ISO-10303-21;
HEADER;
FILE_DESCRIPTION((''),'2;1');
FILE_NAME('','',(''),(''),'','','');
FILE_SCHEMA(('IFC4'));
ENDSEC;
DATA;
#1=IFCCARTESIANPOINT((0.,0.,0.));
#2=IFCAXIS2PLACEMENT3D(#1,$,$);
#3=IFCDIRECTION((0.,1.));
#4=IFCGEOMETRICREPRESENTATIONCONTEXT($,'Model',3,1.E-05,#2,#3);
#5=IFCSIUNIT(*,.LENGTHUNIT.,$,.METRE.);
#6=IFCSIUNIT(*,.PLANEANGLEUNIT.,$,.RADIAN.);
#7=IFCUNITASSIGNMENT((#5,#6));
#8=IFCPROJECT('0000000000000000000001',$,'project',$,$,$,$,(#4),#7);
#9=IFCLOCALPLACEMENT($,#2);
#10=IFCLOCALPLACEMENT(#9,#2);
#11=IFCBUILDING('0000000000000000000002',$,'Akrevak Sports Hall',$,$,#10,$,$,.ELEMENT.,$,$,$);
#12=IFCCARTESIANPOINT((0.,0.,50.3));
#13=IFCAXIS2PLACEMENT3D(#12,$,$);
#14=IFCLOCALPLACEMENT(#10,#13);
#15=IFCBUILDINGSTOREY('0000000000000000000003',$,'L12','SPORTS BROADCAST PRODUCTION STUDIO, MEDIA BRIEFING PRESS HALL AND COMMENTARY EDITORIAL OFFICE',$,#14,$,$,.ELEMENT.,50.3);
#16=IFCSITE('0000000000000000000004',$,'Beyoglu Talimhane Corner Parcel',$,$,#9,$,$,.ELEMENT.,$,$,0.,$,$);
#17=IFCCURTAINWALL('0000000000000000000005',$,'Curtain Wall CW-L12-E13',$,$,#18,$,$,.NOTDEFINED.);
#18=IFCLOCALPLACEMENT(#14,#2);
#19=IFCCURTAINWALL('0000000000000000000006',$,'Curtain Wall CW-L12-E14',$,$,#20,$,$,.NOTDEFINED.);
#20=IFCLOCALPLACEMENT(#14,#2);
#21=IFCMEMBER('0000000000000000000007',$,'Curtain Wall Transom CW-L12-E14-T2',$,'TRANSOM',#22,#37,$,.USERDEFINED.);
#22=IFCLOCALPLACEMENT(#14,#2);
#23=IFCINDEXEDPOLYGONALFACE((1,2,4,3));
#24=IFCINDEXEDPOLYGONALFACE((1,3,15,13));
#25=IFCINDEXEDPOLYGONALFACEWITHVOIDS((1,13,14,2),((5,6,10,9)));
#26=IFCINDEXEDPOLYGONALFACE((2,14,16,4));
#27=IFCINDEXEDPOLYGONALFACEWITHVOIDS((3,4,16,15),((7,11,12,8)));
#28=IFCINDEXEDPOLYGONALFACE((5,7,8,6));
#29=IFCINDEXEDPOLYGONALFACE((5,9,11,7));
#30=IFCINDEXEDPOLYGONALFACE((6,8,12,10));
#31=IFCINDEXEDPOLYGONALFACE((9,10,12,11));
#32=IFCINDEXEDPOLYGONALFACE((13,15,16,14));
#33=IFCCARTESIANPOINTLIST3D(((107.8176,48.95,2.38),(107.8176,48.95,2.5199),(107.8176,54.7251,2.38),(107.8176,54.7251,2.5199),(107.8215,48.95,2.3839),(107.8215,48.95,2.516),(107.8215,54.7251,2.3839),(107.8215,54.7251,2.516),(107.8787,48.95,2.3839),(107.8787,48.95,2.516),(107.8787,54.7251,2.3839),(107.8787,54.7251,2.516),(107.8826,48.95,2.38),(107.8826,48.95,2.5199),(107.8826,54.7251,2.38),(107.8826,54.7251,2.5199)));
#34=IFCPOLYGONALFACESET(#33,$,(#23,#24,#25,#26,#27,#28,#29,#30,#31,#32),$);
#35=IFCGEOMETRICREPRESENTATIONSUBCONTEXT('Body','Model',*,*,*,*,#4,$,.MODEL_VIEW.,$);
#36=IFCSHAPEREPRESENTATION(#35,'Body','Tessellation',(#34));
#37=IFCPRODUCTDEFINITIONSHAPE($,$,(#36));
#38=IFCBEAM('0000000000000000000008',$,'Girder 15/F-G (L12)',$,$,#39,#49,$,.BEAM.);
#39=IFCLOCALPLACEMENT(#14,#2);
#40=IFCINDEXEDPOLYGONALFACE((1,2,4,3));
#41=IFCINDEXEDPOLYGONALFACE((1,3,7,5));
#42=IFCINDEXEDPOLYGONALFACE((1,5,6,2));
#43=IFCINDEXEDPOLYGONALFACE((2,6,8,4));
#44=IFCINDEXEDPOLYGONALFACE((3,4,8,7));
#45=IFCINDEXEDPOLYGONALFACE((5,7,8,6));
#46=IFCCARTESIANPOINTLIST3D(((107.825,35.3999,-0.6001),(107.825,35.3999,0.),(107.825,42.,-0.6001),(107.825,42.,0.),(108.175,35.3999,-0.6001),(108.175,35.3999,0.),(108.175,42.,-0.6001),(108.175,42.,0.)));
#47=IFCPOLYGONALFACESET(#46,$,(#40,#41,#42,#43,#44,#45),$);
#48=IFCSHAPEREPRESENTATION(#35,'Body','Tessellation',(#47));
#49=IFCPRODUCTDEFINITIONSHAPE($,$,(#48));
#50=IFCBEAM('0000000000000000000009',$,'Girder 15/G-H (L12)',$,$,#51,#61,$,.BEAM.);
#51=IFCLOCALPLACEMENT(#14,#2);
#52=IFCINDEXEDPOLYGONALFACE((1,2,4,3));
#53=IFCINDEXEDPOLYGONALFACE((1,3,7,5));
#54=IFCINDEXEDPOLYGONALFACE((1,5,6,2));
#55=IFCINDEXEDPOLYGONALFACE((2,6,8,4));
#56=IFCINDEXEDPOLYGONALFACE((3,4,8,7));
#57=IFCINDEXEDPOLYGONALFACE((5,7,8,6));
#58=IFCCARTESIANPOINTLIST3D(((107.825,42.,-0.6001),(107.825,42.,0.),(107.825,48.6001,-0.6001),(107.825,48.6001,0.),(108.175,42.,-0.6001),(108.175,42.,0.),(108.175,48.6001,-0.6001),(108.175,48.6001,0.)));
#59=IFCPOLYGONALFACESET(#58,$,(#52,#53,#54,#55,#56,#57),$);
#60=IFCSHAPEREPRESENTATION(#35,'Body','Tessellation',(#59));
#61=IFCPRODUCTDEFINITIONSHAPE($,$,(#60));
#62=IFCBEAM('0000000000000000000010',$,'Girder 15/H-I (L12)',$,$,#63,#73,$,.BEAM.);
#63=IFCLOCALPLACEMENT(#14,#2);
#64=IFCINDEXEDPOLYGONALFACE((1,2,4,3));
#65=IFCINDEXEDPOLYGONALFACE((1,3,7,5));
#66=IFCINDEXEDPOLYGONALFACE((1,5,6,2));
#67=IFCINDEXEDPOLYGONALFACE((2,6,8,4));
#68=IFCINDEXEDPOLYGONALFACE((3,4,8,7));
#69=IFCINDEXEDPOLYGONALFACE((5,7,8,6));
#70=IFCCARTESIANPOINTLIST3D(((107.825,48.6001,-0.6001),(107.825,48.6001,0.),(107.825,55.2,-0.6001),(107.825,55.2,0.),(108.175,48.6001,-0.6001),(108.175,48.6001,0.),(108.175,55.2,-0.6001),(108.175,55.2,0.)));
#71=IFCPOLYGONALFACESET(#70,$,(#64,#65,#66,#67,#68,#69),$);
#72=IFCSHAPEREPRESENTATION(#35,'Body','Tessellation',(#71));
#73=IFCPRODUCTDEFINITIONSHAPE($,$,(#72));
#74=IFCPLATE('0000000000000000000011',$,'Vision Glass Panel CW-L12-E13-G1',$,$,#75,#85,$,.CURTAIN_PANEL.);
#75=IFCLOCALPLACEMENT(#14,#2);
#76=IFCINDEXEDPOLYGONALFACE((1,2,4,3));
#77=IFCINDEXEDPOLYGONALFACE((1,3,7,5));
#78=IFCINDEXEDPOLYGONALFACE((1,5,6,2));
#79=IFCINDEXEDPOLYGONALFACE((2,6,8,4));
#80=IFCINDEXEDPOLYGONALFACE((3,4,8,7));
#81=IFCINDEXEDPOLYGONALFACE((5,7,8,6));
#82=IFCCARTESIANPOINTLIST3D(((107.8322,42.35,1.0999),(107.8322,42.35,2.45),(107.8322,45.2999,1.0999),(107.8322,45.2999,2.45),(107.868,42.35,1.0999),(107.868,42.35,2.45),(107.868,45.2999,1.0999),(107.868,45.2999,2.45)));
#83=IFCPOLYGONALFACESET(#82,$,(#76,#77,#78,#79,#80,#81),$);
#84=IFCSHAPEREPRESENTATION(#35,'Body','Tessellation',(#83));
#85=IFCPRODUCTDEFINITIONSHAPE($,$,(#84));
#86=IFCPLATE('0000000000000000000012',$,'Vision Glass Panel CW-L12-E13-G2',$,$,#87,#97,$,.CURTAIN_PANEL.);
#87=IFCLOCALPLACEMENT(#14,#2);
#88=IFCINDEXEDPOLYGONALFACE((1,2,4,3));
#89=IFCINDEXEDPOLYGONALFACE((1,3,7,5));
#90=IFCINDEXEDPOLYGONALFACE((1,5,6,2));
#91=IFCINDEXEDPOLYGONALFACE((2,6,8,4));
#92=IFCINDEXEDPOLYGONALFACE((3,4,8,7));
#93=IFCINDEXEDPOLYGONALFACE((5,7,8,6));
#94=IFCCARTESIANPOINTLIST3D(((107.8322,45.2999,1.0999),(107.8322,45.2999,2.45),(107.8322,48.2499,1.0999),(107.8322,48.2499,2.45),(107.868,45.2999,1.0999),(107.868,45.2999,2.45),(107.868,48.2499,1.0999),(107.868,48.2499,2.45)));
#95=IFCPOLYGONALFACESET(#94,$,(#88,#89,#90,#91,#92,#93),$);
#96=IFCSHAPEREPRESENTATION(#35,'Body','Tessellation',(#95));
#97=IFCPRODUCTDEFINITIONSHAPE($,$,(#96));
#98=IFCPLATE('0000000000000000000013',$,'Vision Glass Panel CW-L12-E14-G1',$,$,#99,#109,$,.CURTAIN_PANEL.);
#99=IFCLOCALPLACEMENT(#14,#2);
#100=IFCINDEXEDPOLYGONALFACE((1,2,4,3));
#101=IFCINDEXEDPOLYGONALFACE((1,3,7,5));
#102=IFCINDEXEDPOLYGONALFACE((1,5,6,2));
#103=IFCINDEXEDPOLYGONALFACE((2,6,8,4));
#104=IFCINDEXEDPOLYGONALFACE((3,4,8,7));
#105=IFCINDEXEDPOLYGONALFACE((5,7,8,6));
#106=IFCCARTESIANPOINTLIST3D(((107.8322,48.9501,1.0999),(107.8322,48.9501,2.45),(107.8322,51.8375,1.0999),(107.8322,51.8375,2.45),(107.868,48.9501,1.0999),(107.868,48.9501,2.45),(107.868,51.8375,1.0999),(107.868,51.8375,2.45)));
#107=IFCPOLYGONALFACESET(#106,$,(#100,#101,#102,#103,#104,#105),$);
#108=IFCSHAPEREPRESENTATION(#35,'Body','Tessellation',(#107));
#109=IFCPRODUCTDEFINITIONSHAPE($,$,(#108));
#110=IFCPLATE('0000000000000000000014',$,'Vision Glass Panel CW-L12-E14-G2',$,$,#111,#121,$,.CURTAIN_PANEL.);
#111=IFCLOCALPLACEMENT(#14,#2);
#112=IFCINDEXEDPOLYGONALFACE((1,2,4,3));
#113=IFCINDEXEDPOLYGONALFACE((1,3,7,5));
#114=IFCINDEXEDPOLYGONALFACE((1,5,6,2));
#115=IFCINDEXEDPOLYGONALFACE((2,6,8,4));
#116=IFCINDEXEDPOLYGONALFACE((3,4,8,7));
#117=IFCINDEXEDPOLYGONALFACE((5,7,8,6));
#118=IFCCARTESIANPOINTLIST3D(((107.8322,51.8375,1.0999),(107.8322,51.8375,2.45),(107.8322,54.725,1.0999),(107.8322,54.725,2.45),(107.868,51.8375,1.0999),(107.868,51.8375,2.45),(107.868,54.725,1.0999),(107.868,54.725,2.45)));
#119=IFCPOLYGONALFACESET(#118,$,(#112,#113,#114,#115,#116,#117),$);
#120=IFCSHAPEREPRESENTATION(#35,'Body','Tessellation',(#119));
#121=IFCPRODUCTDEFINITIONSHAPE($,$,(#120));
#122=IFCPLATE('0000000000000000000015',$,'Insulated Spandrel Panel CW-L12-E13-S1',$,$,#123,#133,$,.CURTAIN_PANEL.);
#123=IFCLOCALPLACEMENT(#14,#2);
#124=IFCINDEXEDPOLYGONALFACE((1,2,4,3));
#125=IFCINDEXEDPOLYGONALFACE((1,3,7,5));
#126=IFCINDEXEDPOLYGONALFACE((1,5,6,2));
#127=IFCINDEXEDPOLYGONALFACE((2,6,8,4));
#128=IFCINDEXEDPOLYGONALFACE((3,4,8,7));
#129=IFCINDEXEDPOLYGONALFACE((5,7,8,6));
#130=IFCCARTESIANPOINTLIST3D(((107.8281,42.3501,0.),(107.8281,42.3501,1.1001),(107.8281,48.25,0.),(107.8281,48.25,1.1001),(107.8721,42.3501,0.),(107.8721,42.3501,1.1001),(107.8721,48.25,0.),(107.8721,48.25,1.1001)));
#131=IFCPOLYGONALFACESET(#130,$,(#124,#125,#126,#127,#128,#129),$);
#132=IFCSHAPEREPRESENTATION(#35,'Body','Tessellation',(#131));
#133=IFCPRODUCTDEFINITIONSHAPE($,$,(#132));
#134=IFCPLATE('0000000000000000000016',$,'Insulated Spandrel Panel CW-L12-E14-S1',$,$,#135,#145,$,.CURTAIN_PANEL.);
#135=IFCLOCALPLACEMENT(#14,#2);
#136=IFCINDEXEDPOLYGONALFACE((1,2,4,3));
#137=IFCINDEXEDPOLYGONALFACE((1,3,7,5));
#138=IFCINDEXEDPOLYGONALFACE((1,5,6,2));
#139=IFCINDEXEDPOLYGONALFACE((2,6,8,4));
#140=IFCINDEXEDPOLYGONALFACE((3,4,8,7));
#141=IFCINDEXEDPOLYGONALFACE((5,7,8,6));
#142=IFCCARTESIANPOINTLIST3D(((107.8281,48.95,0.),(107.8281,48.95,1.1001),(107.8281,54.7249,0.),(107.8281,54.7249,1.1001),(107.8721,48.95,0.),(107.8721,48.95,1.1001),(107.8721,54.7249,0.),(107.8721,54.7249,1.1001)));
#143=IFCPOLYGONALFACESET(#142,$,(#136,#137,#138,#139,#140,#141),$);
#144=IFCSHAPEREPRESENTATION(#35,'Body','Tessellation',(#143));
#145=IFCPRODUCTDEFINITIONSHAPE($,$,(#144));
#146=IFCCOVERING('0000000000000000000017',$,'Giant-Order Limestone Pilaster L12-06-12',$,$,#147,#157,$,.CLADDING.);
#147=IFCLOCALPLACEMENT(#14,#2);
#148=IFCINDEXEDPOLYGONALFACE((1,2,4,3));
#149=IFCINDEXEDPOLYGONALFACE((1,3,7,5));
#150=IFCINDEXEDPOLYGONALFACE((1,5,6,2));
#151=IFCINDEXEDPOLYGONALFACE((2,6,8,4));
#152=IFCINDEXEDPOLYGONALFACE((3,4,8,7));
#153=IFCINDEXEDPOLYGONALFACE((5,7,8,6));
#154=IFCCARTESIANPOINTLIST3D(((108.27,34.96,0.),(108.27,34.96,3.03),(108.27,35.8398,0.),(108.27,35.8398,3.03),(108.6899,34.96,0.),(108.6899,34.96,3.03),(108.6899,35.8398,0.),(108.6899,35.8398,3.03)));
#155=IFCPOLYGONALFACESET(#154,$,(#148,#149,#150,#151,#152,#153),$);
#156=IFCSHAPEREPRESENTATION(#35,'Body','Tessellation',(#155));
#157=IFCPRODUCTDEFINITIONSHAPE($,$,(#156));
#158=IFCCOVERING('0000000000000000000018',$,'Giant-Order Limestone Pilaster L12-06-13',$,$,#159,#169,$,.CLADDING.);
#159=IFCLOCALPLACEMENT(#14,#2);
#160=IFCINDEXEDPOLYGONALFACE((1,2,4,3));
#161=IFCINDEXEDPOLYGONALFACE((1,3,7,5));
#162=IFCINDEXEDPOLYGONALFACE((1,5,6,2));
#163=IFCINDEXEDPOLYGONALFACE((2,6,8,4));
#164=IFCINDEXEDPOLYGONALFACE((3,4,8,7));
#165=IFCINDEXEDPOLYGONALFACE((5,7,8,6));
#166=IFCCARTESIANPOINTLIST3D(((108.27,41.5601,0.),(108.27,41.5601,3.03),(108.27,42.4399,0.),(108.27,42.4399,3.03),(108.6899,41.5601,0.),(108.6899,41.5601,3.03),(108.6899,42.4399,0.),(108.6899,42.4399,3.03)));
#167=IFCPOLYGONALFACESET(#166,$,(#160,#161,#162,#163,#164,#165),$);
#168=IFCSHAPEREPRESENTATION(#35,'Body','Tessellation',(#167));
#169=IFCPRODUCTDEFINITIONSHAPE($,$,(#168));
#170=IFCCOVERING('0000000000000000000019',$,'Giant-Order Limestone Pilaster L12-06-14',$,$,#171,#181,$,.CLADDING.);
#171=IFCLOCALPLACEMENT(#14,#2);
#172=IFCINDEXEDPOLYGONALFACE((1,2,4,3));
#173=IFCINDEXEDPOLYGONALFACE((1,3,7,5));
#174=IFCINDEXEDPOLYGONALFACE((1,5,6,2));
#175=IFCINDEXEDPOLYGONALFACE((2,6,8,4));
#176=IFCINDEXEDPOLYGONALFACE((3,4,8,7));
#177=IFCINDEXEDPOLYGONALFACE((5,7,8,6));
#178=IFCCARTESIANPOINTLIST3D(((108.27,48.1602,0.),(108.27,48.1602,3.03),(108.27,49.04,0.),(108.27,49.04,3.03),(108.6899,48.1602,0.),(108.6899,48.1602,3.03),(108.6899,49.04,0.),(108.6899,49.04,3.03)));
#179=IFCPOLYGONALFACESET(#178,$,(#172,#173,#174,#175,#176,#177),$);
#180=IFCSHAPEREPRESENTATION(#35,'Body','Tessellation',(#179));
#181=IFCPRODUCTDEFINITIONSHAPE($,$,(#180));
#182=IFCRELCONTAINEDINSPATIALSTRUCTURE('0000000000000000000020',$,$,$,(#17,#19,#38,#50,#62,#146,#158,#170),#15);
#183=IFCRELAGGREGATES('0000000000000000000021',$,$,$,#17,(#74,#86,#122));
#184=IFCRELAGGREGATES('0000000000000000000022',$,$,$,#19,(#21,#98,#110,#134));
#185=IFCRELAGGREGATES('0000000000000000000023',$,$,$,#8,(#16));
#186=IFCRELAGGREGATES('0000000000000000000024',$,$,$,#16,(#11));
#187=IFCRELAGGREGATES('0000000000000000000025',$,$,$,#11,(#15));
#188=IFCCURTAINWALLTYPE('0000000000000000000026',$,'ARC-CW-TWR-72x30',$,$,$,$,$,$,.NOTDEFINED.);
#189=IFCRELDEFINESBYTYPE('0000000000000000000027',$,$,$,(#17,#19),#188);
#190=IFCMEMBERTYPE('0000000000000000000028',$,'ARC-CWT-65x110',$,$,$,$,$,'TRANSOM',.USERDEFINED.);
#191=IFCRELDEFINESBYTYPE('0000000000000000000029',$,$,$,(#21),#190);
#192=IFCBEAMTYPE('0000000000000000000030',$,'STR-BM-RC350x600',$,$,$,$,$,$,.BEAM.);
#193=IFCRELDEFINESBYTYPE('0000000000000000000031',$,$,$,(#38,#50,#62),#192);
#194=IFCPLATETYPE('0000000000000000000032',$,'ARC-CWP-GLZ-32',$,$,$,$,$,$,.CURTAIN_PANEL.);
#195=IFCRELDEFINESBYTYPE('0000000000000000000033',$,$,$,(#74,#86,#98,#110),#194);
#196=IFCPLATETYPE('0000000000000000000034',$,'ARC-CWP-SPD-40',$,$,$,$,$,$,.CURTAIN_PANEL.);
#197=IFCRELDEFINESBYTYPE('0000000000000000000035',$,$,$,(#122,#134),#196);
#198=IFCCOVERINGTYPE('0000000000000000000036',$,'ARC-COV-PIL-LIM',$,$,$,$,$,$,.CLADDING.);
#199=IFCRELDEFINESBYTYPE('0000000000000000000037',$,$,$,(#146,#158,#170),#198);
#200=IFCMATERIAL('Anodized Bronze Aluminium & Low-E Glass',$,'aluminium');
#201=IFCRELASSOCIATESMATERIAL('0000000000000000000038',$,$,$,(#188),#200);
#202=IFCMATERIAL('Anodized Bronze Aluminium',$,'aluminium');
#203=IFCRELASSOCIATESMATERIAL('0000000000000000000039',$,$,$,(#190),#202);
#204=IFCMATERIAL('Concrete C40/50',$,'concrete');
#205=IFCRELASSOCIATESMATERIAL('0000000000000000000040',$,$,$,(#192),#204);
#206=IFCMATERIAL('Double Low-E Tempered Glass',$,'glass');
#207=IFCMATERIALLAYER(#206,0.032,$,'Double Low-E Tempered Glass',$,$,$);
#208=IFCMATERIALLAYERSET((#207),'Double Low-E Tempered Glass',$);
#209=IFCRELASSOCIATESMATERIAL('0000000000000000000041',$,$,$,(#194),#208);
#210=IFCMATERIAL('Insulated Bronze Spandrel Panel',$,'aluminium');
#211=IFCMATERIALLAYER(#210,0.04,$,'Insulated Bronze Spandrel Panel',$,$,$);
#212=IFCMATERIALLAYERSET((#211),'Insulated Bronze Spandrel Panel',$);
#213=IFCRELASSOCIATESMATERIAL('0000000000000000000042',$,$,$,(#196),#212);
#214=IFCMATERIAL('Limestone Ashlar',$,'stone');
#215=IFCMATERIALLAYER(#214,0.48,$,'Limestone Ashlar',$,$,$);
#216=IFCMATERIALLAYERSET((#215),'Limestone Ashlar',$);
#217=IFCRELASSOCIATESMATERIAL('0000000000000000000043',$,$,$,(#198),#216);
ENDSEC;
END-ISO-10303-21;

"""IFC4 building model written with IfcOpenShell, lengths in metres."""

from ifc_helpers import new_model, si_unit, direction, frame, origin, origin_2d, place, context, subcontext, project, spatial, rectangle, hollow_rectangle, extrude, material, layer, layer_set, material_profile, profile_set, type_object, element, aggregate, save


model = new_model("IFC4")

# Units and contexts
model_context = context("Model", 3, precision=1e-05, world=origin(), true_north=direction((0.0, 1.0)))
body_context = subcontext(model_context, "Body", "Model", "MODEL_VIEW")
ifc_project = project(units=[si_unit("LENGTHUNIT", "METRE"), si_unit("PLANEANGLEUNIT", "RADIAN")], contexts=[model_context])

# Site, building, storey
site_placement = place(None, origin())
site = spatial("IfcSite", under=ifc_project, at=site_placement, Name="Beyoglu Talimhane Corner Parcel", CompositionType="ELEMENT", RefElevation=0.0)
building_placement = place(site_placement, origin())
building = spatial("IfcBuilding", under=site, at=building_placement, Name="Akrevak Sports Hall", CompositionType="ELEMENT")
storey_placement = place(building_placement, frame((0.0, 0.0, 50.3)))
storey = spatial("IfcBuildingStorey", under=building, at=storey_placement, Name="L12", Description="SPORTS BROADCAST PRODUCTION STUDIO, MEDIA BRIEFING PRESS HALL AND COMMENTARY EDITORIAL OFFICE", CompositionType="ELEMENT", Elevation=50.3)

# Shared definitions
ifc_material_1 = material(Name="Concrete C40/50", Category="concrete")

# Curtain walls
ifc_material_2 = material(Name="Anodized Bronze Aluminium & Low-E Glass", Category="aluminium")
curtain_wall_type = type_object("IfcCurtainWallType", Name="ARC-CW-TWR-72x30", PredefinedType="NOTDEFINED", material=ifc_material_2)
curtain_wall_1_placement = place(storey_placement, origin())
curtain_wall_1 = element("IfcCurtainWall", 1, at=curtain_wall_1_placement, inside=storey, type_object=curtain_wall_type, Name="Curtain Wall CW-L12-E13", PredefinedType="NOTDEFINED")
ifc_material_3 = material(Name="Anodized Bronze Aluminium", Category="aluminium")
curtain_wall_2_placement = place(storey_placement, origin())
curtain_wall_2 = element("IfcCurtainWall", 2, at=curtain_wall_2_placement, inside=storey, type_object=curtain_wall_type, Name="Curtain Wall CW-L12-E14", PredefinedType="NOTDEFINED")

# Member
ifc_material_profile_1 = material_profile(ifc_material_3, hollow_rectangle(XDim=0.0649, YDim=0.1399, WallThickness=0.0039, at=origin_2d()), Name="CWT 65x140", Category="aluminium")
ifc_profile_set_1 = profile_set([ifc_material_profile_1], Name="Anodized Bronze Aluminium")
member_type_1 = type_object("IfcMemberType", Name="ARC-CWT-65x110", ElementType="TRANSOM", PredefinedType="USERDEFINED", material=ifc_profile_set_1)
member_1_placement = place(storey_placement, frame((107.8501, 48.95, 2.45), z_axis=(0.0, 1.0, 0.0), x_axis=(-1.0, 0.0, 0.0)))
member_1 = element("IfcMember", 3, at=member_1_placement, type_object=member_type_1, Name="Curtain Wall Transom CW-L12-E14-T2", ObjectType="TRANSOM", PredefinedType="USERDEFINED", context=body_context, shape_type="SweptSolid", body=[
    extrude(hollow_rectangle(XDim=0.0649, YDim=0.1399, WallThickness=0.0039, at=origin_2d()), origin(), (0.0, 0.0, 1.0), 5.7751),
])

# Beams
ifc_material_profile_2 = material_profile(ifc_material_1, rectangle(XDim=0.3501, YDim=0.6001, at=origin_2d()), Name="BM 350x600", Category="concrete")
ifc_profile_set_2 = profile_set([ifc_material_profile_2], Name="Concrete C40/50")
beam_type = type_object("IfcBeamType", Name="STR-BM-RC350x600", PredefinedType="BEAM", material=ifc_profile_set_2)
for number, where, z_axis, x_axis, name in (
    (4, (108.0, 35.3999, -0.3), (0.0, 1.0, 0.0), (-1.0, 0.0, 0.0), "Girder 15/F-G (L12)"),
    (5, (108.0, 42.0, -0.3), (0.0, 1.0, 0.0), (-1.0, 0.0, 0.0), "Girder 15/G-H (L12)"),
):
    element("IfcBeam", number, at=place(storey_placement, frame(where, z_axis=z_axis, x_axis=x_axis)), inside=storey, type_object=beam_type, Name=name, PredefinedType="BEAM", context=body_context, shape_type="SweptSolid", body=[
        extrude(rectangle(XDim=0.3501, YDim=0.6001, at=origin_2d()), origin(), (0.0, 0.0, 1.0), 6.6001),
    ])
beam_placement = place(storey_placement, frame((108.0, 48.6001, -0.3), z_axis=(0.0, 1.0, 0.0), x_axis=(-1.0, 0.0, 0.0)))
element("IfcBeam", 6, at=beam_placement, inside=storey, type_object=beam_type, Name="Girder 15/H-I (L12)", PredefinedType="BEAM", context=body_context, shape_type="SweptSolid", body=[
    extrude(rectangle(XDim=0.3501, YDim=0.6001, at=origin_2d()), origin(), (0.0, 0.0, 1.0), 6.5999),
])

# Plates
ifc_material_4 = material(Name="Double Low-E Tempered Glass", Category="glass")
ifc_layer_1 = layer(ifc_material_4, 0.032, Name="Double Low-E Tempered Glass")
ifc_layer_set_1 = layer_set([ifc_layer_1], Name="Double Low-E Tempered Glass")
plate_type_1 = type_object("IfcPlateType", Name="ARC-CWP-GLZ-32", PredefinedType="CURTAIN_PANEL", material=ifc_layer_set_1)
plate_1_placement = place(storey_placement, frame((107.8501, 43.825, 1.0999), z_axis=(0.0, 0.0, 1.0), x_axis=(0.0, 1.0, 0.0)))
plate_1 = element("IfcPlate", 7, at=plate_1_placement, type_object=plate_type_1, Name="Vision Glass Panel CW-L12-E13-G1", PredefinedType="CURTAIN_PANEL", context=body_context, shape_type="SweptSolid", body=[
    extrude(rectangle(XDim=2.95, YDim=0.0359, at=origin_2d()), origin(), (0.0, 0.0, 1.0), 1.3501),
])
plate_2_placement = place(storey_placement, frame((107.8501, 46.7749, 1.0999), z_axis=(0.0, 0.0, 1.0), x_axis=(0.0, 1.0, 0.0)))
plate_2 = element("IfcPlate", 8, at=plate_2_placement, type_object=plate_type_1, Name="Vision Glass Panel CW-L12-E13-G2", PredefinedType="CURTAIN_PANEL", context=body_context, shape_type="SweptSolid", body=[
    extrude(rectangle(XDim=2.95, YDim=0.0359, at=origin_2d()), origin(), (0.0, 0.0, 1.0), 1.3501),
])
plate_3_placement = place(storey_placement, frame((107.8501, 50.3938, 1.0999), z_axis=(0.0, 0.0, 1.0), x_axis=(0.0, 1.0, 0.0)))
plate_3 = element("IfcPlate", 9, at=plate_3_placement, type_object=plate_type_1, Name="Vision Glass Panel CW-L12-E14-G1", PredefinedType="CURTAIN_PANEL", context=body_context, shape_type="SweptSolid", body=[
    extrude(rectangle(XDim=2.8875, YDim=0.0359, at=origin_2d()), origin(), (0.0, 0.0, 1.0), 1.3501),
])
plate_4_placement = place(storey_placement, frame((107.8501, 53.2812, 1.0999), z_axis=(0.0, 0.0, 1.0), x_axis=(0.0, 1.0, 0.0)))
plate_4 = element("IfcPlate", 10, at=plate_4_placement, type_object=plate_type_1, Name="Vision Glass Panel CW-L12-E14-G2", PredefinedType="CURTAIN_PANEL", context=body_context, shape_type="SweptSolid", body=[
    extrude(rectangle(XDim=2.8875, YDim=0.0359, at=origin_2d()), origin(), (0.0, 0.0, 1.0), 1.3501),
])
ifc_material_5 = material(Name="Insulated Bronze Spandrel Panel", Category="aluminium")
ifc_layer_2 = layer(ifc_material_5, 0.04, Name="Insulated Bronze Spandrel Panel")
ifc_layer_set_2 = layer_set([ifc_layer_2], Name="Insulated Bronze Spandrel Panel")
plate_type_2 = type_object("IfcPlateType", Name="ARC-CWP-SPD-40", PredefinedType="CURTAIN_PANEL", material=ifc_layer_set_2)
plate_5_placement = place(storey_placement, frame((107.8501, 45.3, 0.0), z_axis=(0.0, 0.0, 1.0), x_axis=(0.0, 1.0, 0.0)))
plate_5 = element("IfcPlate", 11, at=plate_5_placement, type_object=plate_type_2, Name="Insulated Spandrel Panel CW-L12-E13-S1", PredefinedType="CURTAIN_PANEL", context=body_context, shape_type="SweptSolid", body=[
    extrude(rectangle(XDim=5.8999, YDim=0.0439, at=origin_2d()), origin(), (0.0, 0.0, 1.0), 1.1001),
])
aggregate(curtain_wall_1, [plate_1, plate_2, plate_5])
plate_6_placement = place(storey_placement, frame((107.8501, 51.8374, 0.0), z_axis=(0.0, 0.0, 1.0), x_axis=(0.0, 1.0, 0.0)))
plate_6 = element("IfcPlate", 12, at=plate_6_placement, type_object=plate_type_2, Name="Insulated Spandrel Panel CW-L12-E14-S1", PredefinedType="CURTAIN_PANEL", context=body_context, shape_type="SweptSolid", body=[
    extrude(rectangle(XDim=5.7749, YDim=0.0439, at=origin_2d()), origin(), (0.0, 0.0, 1.0), 1.1001),
])
aggregate(curtain_wall_2, [member_1, plate_3, plate_4, plate_6])

# Coverings
ifc_material_6 = material(Name="Limestone Ashlar", Category="stone")
ifc_layer_3 = layer(ifc_material_6, 0.48, Name="Limestone Ashlar")
ifc_layer_set_3 = layer_set([ifc_layer_3], Name="Limestone Ashlar")
covering_type = type_object("IfcCoveringType", Name="ARC-COV-PIL-LIM", PredefinedType="CLADDING", material=ifc_layer_set_3)
for number, where, z_axis, x_axis, name in (
    (13, (108.48, 35.3999, 0.0), (0.0, 0.0, 1.0), (0.0, 1.0, 0.0), "Giant-Order Limestone Pilaster L12-06-12"),
    (14, (108.48, 42.0, 0.0), (0.0, 0.0, 1.0), (0.0, 1.0, 0.0), "Giant-Order Limestone Pilaster L12-06-13"),
    (15, (108.48, 48.6001, 0.0), (0.0, 0.0, 1.0), (0.0, 1.0, 0.0), "Giant-Order Limestone Pilaster L12-06-14"),
):
    element("IfcCovering", number, at=place(storey_placement, frame(where, z_axis=z_axis, x_axis=x_axis)), inside=storey, type_object=covering_type, Name=name, PredefinedType="CLADDING", context=body_context, shape_type="SweptSolid", body=[
        extrude(rectangle(XDim=0.8799, YDim=0.4199, at=origin_2d()), origin(), (0.0, 0.0, 1.0), 3.03),
    ])

save(model, "model.ifc")
